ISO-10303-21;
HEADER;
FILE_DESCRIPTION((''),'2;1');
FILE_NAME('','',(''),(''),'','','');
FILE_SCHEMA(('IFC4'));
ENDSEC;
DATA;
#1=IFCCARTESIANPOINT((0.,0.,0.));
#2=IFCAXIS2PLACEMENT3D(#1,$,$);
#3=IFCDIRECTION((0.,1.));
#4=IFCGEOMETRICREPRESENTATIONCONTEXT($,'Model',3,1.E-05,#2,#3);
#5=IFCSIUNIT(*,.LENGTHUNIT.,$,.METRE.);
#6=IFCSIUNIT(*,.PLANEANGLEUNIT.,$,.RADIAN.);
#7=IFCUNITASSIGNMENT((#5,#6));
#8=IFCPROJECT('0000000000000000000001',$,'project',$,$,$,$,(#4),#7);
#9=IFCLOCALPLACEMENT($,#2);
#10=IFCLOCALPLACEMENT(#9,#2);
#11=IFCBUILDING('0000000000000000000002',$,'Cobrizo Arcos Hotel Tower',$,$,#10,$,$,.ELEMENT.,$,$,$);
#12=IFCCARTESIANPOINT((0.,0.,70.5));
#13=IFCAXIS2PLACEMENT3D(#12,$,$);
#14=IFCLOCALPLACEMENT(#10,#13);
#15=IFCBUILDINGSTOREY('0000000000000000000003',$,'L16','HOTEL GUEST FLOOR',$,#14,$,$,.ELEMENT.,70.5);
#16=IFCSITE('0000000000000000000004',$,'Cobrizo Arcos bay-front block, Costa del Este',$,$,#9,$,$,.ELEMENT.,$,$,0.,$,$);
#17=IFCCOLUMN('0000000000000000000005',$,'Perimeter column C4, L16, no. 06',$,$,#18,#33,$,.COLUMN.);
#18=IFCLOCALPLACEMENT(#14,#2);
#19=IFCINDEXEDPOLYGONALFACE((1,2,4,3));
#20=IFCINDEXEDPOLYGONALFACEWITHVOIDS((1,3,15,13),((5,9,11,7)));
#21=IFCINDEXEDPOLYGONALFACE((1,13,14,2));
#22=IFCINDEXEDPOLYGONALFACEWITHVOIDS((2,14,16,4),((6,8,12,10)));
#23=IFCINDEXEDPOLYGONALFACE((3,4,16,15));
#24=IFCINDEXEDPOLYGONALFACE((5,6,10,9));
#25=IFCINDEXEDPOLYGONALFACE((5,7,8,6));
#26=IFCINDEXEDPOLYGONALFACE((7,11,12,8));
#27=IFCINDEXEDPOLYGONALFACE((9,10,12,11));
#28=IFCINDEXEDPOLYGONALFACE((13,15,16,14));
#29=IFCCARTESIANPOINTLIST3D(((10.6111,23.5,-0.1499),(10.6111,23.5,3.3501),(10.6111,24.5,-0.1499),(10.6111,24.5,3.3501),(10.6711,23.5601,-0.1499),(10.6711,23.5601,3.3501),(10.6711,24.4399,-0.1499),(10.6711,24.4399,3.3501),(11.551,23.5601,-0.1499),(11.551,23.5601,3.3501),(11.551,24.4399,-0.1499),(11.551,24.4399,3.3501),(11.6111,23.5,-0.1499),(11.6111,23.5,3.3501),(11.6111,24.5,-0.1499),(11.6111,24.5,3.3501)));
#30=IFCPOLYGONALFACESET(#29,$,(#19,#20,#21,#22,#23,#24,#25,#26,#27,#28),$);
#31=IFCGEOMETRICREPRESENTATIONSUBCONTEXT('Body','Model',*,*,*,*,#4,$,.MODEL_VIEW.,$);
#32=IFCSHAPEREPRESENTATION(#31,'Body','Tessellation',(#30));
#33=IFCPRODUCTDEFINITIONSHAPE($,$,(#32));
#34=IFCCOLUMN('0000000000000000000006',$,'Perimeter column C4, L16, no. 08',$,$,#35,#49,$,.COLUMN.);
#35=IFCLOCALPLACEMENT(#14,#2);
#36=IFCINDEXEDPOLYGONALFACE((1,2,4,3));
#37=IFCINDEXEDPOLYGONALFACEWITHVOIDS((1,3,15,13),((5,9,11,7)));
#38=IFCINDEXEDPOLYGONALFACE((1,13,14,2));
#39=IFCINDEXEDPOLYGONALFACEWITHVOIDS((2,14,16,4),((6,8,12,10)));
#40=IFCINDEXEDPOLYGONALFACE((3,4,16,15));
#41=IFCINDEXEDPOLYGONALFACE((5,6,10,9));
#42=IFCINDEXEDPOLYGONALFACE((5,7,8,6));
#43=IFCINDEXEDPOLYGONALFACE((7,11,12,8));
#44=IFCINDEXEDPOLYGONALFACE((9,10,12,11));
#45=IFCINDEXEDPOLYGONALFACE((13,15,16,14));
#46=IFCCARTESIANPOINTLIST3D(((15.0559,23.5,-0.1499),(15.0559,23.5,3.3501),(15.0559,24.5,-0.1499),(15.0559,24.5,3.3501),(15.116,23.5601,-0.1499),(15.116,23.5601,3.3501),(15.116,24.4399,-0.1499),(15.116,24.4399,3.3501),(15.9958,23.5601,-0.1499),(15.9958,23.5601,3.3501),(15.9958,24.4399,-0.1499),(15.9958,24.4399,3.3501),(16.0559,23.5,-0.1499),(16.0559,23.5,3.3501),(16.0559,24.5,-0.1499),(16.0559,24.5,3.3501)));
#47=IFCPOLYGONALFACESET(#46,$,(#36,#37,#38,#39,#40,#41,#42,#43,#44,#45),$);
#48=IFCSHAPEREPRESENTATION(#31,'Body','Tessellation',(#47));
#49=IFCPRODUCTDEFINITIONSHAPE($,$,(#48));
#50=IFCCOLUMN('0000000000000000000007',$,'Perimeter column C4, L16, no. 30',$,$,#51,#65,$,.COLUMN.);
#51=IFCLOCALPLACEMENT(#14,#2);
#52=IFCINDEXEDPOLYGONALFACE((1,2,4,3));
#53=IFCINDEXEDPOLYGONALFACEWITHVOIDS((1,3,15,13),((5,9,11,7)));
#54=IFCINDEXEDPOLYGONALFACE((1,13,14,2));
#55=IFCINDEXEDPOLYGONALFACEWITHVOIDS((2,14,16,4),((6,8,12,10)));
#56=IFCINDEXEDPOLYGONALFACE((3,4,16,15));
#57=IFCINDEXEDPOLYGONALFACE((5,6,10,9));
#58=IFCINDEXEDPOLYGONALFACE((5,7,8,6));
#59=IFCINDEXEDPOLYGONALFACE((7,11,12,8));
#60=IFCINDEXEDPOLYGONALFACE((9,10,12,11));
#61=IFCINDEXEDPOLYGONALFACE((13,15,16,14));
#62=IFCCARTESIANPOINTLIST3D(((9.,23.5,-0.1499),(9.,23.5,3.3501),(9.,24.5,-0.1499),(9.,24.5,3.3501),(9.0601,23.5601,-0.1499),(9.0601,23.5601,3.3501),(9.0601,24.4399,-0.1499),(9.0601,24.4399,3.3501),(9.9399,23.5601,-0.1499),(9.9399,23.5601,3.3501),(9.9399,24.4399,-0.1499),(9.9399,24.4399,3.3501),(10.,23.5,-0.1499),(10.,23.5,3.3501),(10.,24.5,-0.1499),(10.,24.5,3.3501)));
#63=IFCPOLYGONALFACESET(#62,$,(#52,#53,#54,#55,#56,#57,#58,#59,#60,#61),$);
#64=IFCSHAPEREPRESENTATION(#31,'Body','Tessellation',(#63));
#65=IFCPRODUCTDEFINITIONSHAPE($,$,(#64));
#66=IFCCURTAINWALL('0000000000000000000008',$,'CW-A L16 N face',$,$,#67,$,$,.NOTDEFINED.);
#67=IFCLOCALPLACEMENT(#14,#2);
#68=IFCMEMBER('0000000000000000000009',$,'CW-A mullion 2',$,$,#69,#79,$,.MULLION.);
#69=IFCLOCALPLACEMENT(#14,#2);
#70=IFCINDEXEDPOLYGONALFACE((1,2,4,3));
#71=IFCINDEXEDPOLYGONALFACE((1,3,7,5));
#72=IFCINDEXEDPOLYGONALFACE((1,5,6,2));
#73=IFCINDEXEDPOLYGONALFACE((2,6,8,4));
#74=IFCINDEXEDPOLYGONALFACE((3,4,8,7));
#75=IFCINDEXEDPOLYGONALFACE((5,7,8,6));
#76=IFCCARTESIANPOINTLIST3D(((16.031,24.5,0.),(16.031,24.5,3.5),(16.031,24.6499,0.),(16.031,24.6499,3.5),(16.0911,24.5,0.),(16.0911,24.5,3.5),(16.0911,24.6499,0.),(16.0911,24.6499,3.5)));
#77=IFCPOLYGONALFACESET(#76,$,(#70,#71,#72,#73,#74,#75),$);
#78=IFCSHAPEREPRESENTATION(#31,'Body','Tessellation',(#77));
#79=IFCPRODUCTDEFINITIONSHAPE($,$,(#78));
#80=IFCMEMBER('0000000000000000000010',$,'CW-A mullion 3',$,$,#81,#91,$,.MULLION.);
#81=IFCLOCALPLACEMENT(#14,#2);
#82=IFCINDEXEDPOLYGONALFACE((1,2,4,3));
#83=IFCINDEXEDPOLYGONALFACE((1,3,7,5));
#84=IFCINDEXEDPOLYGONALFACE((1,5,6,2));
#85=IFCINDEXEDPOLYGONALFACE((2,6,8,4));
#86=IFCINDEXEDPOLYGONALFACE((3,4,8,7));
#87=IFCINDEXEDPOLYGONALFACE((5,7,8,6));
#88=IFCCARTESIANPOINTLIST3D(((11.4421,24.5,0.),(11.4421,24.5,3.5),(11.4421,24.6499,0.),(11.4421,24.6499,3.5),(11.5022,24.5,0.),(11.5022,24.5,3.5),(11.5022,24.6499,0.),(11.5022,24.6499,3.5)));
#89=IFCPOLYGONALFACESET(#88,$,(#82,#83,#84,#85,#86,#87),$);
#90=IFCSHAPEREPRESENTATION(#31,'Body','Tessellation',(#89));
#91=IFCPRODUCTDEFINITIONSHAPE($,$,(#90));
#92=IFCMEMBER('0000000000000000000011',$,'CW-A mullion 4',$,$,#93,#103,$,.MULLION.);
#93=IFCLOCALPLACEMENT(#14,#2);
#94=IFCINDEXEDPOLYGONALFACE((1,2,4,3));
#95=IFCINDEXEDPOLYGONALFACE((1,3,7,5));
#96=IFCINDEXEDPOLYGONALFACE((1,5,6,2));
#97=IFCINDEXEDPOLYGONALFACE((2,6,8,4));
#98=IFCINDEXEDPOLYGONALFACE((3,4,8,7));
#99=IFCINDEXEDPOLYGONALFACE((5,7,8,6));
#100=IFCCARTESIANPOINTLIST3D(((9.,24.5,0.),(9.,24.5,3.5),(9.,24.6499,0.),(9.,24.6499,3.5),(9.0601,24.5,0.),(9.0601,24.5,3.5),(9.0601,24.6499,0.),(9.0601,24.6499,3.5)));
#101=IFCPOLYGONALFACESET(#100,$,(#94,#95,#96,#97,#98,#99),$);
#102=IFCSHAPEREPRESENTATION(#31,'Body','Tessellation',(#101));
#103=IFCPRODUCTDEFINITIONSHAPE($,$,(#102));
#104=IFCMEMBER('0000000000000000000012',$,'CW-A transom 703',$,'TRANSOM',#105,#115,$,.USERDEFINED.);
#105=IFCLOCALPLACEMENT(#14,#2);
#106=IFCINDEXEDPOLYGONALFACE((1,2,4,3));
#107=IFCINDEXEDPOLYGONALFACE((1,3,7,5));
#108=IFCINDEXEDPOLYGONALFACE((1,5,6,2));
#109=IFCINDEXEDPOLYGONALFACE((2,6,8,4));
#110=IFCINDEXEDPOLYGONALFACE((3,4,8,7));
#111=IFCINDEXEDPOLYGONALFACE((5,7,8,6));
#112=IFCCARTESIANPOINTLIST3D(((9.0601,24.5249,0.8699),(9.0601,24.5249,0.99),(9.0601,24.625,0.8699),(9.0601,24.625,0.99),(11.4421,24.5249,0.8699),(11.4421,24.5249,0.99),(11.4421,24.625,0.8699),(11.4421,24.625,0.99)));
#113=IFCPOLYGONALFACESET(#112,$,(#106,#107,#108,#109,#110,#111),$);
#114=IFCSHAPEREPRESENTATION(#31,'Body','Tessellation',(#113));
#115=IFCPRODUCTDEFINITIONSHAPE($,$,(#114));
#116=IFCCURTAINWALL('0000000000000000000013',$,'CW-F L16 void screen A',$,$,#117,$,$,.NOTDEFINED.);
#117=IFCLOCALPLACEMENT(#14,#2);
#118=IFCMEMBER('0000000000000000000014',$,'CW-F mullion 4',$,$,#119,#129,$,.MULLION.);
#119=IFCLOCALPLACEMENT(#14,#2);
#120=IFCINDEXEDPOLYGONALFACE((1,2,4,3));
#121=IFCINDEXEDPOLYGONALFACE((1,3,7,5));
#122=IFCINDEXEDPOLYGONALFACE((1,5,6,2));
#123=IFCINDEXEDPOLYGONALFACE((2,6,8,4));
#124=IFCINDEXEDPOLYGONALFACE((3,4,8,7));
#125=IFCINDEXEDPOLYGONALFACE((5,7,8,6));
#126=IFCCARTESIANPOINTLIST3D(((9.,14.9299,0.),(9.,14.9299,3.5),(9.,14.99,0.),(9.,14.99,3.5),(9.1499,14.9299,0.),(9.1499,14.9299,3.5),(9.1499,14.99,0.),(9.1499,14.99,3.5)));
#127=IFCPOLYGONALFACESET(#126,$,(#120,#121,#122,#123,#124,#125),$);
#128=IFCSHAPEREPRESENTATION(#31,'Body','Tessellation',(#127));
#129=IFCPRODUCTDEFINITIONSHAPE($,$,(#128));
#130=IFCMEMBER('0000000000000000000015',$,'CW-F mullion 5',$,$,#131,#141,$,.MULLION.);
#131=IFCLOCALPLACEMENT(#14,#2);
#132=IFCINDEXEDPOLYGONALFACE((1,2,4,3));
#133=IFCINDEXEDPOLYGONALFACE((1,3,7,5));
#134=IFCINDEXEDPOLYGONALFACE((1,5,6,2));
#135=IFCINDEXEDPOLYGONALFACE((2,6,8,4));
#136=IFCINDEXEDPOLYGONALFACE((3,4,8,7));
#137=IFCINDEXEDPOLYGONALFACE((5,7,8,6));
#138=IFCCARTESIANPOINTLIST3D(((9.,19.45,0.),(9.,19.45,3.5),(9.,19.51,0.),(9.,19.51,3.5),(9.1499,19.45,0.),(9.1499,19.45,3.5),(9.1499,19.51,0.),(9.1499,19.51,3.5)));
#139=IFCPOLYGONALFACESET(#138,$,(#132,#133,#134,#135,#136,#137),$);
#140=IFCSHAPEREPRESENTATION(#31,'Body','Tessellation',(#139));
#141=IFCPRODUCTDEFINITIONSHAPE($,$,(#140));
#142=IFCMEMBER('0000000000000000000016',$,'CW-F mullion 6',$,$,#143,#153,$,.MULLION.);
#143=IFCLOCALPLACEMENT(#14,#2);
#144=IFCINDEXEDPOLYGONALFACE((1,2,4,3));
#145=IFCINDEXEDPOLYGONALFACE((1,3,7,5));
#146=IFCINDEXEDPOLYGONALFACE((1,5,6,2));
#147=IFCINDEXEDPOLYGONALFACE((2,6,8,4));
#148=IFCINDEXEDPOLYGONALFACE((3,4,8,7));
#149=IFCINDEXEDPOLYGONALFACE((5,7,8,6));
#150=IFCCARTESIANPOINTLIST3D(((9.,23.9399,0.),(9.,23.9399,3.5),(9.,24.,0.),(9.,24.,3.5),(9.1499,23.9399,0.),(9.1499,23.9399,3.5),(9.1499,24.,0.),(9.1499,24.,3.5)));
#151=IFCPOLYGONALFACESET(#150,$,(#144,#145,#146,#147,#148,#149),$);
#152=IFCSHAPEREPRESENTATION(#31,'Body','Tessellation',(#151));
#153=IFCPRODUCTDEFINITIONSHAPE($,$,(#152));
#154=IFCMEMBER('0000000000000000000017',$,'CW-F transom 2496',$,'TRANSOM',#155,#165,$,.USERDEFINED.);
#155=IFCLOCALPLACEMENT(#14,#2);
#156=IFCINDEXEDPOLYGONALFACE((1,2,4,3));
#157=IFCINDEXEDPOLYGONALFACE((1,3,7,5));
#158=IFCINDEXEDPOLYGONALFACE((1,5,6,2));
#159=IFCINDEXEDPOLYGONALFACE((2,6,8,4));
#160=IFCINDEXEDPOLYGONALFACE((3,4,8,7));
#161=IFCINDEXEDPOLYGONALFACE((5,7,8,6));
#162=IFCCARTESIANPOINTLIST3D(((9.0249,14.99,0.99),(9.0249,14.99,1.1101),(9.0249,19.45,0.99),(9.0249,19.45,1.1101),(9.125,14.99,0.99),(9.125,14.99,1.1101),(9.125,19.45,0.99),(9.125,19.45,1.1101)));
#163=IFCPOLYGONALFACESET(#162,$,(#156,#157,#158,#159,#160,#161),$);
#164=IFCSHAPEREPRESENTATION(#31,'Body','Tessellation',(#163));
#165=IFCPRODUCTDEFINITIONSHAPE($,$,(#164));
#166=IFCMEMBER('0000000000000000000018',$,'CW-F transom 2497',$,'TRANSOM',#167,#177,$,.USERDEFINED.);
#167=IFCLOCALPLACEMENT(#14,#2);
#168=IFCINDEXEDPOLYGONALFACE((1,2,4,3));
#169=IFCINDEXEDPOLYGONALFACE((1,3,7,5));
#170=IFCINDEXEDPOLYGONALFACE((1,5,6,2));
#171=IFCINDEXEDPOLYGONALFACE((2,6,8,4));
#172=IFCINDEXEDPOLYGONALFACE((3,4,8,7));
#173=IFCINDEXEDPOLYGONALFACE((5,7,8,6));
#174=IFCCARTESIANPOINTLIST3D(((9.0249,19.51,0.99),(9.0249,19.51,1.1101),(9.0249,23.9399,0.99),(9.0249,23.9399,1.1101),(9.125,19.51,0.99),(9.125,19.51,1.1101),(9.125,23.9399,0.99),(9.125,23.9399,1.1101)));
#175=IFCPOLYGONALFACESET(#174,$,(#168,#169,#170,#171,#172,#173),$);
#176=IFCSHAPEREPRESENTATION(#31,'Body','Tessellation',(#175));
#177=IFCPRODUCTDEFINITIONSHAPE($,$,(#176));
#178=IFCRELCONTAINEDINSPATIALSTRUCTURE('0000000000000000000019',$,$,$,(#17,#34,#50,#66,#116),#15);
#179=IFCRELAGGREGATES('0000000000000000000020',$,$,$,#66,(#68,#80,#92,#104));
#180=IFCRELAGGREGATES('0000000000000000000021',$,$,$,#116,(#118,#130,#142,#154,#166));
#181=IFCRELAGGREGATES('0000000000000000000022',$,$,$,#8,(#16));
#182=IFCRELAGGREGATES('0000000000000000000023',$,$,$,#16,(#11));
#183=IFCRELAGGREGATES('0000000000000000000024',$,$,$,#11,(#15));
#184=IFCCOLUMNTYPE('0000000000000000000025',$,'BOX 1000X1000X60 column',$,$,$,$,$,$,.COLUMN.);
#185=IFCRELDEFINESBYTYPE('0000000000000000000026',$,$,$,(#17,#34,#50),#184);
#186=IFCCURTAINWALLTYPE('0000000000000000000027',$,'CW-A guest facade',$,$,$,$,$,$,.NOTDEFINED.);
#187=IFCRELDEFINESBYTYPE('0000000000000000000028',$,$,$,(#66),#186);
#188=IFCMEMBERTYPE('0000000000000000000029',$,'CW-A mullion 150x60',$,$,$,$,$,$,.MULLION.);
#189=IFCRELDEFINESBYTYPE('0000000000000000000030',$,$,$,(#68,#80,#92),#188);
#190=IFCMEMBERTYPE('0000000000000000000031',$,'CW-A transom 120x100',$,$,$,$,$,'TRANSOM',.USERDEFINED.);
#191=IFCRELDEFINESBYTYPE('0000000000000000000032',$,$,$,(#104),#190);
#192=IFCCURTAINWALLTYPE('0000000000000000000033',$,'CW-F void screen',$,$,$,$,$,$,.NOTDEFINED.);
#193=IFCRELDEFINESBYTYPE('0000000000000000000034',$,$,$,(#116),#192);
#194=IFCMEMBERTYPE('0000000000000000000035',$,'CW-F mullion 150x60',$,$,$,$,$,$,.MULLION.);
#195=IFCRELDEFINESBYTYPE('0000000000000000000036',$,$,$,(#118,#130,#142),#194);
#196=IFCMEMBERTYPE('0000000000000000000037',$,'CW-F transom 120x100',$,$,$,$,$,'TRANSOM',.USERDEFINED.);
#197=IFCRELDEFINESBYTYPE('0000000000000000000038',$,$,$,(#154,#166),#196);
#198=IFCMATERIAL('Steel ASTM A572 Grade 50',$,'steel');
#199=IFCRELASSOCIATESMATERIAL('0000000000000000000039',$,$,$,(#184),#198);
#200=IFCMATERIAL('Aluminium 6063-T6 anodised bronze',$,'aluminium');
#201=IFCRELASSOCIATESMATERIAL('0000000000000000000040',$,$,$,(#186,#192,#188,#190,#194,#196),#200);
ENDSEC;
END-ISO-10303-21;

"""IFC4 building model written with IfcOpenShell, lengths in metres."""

from ifc_helpers import new_model, si_unit, direction, frame, origin, origin_2d, place, context, subcontext, project, spatial, rectangle, hollow_rectangle, extrude, material, material_profile, profile_set, type_object, element, aggregate, save


model = new_model("IFC4")

# Units and contexts
model_context = context("Model", 3, precision=1e-05, world=origin(), true_north=direction((0.0, 1.0)))
body_context = subcontext(model_context, "Body", "Model", "MODEL_VIEW")
ifc_project = project(units=[si_unit("LENGTHUNIT", "METRE"), si_unit("PLANEANGLEUNIT", "RADIAN")], contexts=[model_context])

# Site, building, storey
site_placement = place(None, origin())
site = spatial("IfcSite", under=ifc_project, at=site_placement, Name="Cobrizo Arcos bay-front block, Costa del Este", CompositionType="ELEMENT", RefElevation=0.0)
building_placement = place(site_placement, origin())
building = spatial("IfcBuilding", under=site, at=building_placement, Name="Cobrizo Arcos Hotel Tower", CompositionType="ELEMENT")
storey_placement = place(building_placement, frame((0.0, 0.0, 70.5)))
storey = spatial("IfcBuildingStorey", under=building, at=storey_placement, Name="L16", Description="HOTEL GUEST FLOOR", CompositionType="ELEMENT", Elevation=70.5)

# Columns
ifc_material_1 = material(Name="Steel ASTM A572 Grade 50", Category="steel")
ifc_material_profile_1 = material_profile(ifc_material_1, hollow_rectangle(XDim=1.0, YDim=1.0, WallThickness=0.0601, at=origin_2d()), Name="BOX 1000X1000X60")
ifc_profile_set_1 = profile_set([ifc_material_profile_1], Name="Steel ASTM A572 Grade 50")
column_type = type_object("IfcColumnType", Name="BOX 1000X1000X60 column", PredefinedType="COLUMN", material=ifc_profile_set_1)
for number, where, z_axis, x_axis, name in (
    (1, (11.1111, 24.0, -0.1499), (0.0, 0.0, 1.0), (1.0, 0.0, 0.0), "Perimeter column C4, L16, no. 06"),
    (2, (15.5559, 24.0, -0.1499), (0.0, 0.0, 1.0), (1.0, 0.0, 0.0), "Perimeter column C4, L16, no. 08"),
    (3, (9.5, 24.0, -0.1499), (0.0, 0.0, 1.0), (1.0, 0.0, 0.0), "Perimeter column C4, L16, no. 30"),
):
    element("IfcColumn", number, at=place(storey_placement, frame(where, z_axis=z_axis, x_axis=x_axis)), inside=storey, type_object=column_type, Name=name, PredefinedType="COLUMN", context=body_context, shape_type="SweptSolid", body=[
        extrude(hollow_rectangle(XDim=1.0, YDim=1.0, WallThickness=0.0601, at=origin_2d()), origin(), (0.0, 0.0, 1.0), 3.5),
    ])

# Curtain walls, members
ifc_material_2 = material(Name="Aluminium 6063-T6 anodised bronze", Category="aluminium")
curtain_wall_type_1 = type_object("IfcCurtainWallType", Name="CW-A guest facade", PredefinedType="NOTDEFINED", material=ifc_material_2)
curtain_wall_1_placement = place(storey_placement, origin())
curtain_wall_1 = element("IfcCurtainWall", 4, at=curtain_wall_1_placement, inside=storey, type_object=curtain_wall_type_1, Name="CW-A L16 N face", PredefinedType="NOTDEFINED")
ifc_material_profile_2 = material_profile(ifc_material_2, rectangle(XDim=0.1499, YDim=0.0601, at=origin_2d()), Name="CW-A mullion 150x60")
ifc_profile_set_2 = profile_set([ifc_material_profile_2], Name="Aluminium 6063-T6 anodised bronze")
member_type_1 = type_object("IfcMemberType", Name="CW-A mullion 150x60", PredefinedType="MULLION", material=ifc_profile_set_2)
member_1_placement = place(storey_placement, frame((16.061, 24.575, 0.0), z_axis=(0.0, 0.0, 1.0), x_axis=(0.0, 1.0, 0.0)))
member_1 = element("IfcMember", 5, at=member_1_placement, type_object=member_type_1, Name="CW-A mullion 2", PredefinedType="MULLION", context=body_context, shape_type="SweptSolid", body=[
    extrude(rectangle(XDim=0.1499, YDim=0.0601, at=origin_2d()), origin(), (0.0, 0.0, 1.0), 3.5),
])
member_2_placement = place(storey_placement, frame((11.4722, 24.575, 0.0), z_axis=(0.0, 0.0, 1.0), x_axis=(0.0, 1.0, 0.0)))
member_2 = element("IfcMember", 6, at=member_2_placement, type_object=member_type_1, Name="CW-A mullion 3", PredefinedType="MULLION", context=body_context, shape_type="SweptSolid", body=[
    extrude(rectangle(XDim=0.1499, YDim=0.0601, at=origin_2d()), origin(), (0.0, 0.0, 1.0), 3.5),
])
member_3_placement = place(storey_placement, frame((9.03, 24.575, 0.0), z_axis=(0.0, 0.0, 1.0), x_axis=(0.0, 1.0, 0.0)))
member_3 = element("IfcMember", 7, at=member_3_placement, type_object=member_type_1, Name="CW-A mullion 4", PredefinedType="MULLION", context=body_context, shape_type="SweptSolid", body=[
    extrude(rectangle(XDim=0.1499, YDim=0.0601, at=origin_2d()), origin(), (0.0, 0.0, 1.0), 3.5),
])
ifc_material_profile_3 = material_profile(ifc_material_2, rectangle(XDim=0.1001, YDim=0.1201, at=origin_2d()), Name="CW-A transom 120x100")
ifc_profile_set_3 = profile_set([ifc_material_profile_3], Name="Aluminium 6063-T6 anodised bronze")
member_type_2 = type_object("IfcMemberType", Name="CW-A transom 120x100", ElementType="TRANSOM", PredefinedType="USERDEFINED", material=ifc_profile_set_3)
member_4_placement = place(storey_placement, frame((11.4421, 24.575, 0.9299), z_axis=(-1.0, 0.0, 0.0), x_axis=(0.0, -1.0, 0.0)))
member_4 = element("IfcMember", 8, at=member_4_placement, type_object=member_type_2, Name="CW-A transom 703", ObjectType="TRANSOM", PredefinedType="USERDEFINED", context=body_context, shape_type="SweptSolid", body=[
    extrude(rectangle(XDim=0.1001, YDim=0.1201, at=origin_2d()), origin(), (0.0, 0.0, 1.0), 2.3821),
])
curtain_wall_type_2 = type_object("IfcCurtainWallType", Name="CW-F void screen", PredefinedType="NOTDEFINED", material=ifc_material_2)
curtain_wall_2_placement = place(storey_placement, origin())
curtain_wall_2 = element("IfcCurtainWall", 9, at=curtain_wall_2_placement, inside=storey, type_object=curtain_wall_type_2, Name="CW-F L16 void screen A", PredefinedType="NOTDEFINED")
ifc_material_profile_4 = material_profile(ifc_material_2, rectangle(XDim=0.1499, YDim=0.0601, at=origin_2d()), Name="CW-F mullion 150x60")
ifc_profile_set_4 = profile_set([ifc_material_profile_4], Name="Aluminium 6063-T6 anodised bronze")
member_type_3 = type_object("IfcMemberType", Name="CW-F mullion 150x60", PredefinedType="MULLION", material=ifc_profile_set_4)
member_5_placement = place(storey_placement, frame((9.075, 14.96, 0.0), z_axis=(0.0, 0.0, 1.0), x_axis=(1.0, 0.0, 0.0)))
member_5 = element("IfcMember", 10, at=member_5_placement, type_object=member_type_3, Name="CW-F mullion 4", PredefinedType="MULLION", context=body_context, shape_type="SweptSolid", body=[
    extrude(rectangle(XDim=0.1499, YDim=0.0601, at=origin_2d()), origin(), (0.0, 0.0, 1.0), 3.5),
])
member_6_placement = place(storey_placement, frame((9.075, 19.48, 0.0), z_axis=(0.0, 0.0, 1.0), x_axis=(1.0, 0.0, 0.0)))
member_6 = element("IfcMember", 11, at=member_6_placement, type_object=member_type_3, Name="CW-F mullion 5", PredefinedType="MULLION", context=body_context, shape_type="SweptSolid", body=[
    extrude(rectangle(XDim=0.1499, YDim=0.0601, at=origin_2d()), origin(), (0.0, 0.0, 1.0), 3.5),
])
member_7_placement = place(storey_placement, frame((9.075, 23.97, 0.0), z_axis=(0.0, 0.0, 1.0), x_axis=(1.0, 0.0, 0.0)))
member_7 = element("IfcMember", 12, at=member_7_placement, type_object=member_type_3, Name="CW-F mullion 6", PredefinedType="MULLION", context=body_context, shape_type="SweptSolid", body=[
    extrude(rectangle(XDim=0.1499, YDim=0.0601, at=origin_2d()), origin(), (0.0, 0.0, 1.0), 3.5),
])
ifc_material_profile_5 = material_profile(ifc_material_2, rectangle(XDim=0.1001, YDim=0.1201, at=origin_2d()), Name="CW-F transom 120x100")
ifc_profile_set_5 = profile_set([ifc_material_profile_5], Name="Aluminium 6063-T6 anodised bronze")
member_type_4 = type_object("IfcMemberType", Name="CW-F transom 120x100", ElementType="TRANSOM", PredefinedType="USERDEFINED", material=ifc_profile_set_5)
member_8_placement = place(storey_placement, frame((9.075, 14.99, 1.05), z_axis=(0.0, 1.0, 0.0), x_axis=(-1.0, 0.0, 0.0)))
member_8 = element("IfcMember", 13, at=member_8_placement, type_object=member_type_4, Name="CW-F transom 2496", ObjectType="TRANSOM", PredefinedType="USERDEFINED", context=body_context, shape_type="SweptSolid", body=[
    extrude(rectangle(XDim=0.1001, YDim=0.1201, at=origin_2d()), origin(), (0.0, 0.0, 1.0), 4.46),
])
member_9_placement = place(storey_placement, frame((9.075, 19.51, 1.05), z_axis=(0.0, 1.0, 0.0), x_axis=(-1.0, 0.0, 0.0)))
member_9 = element("IfcMember", 14, at=member_9_placement, type_object=member_type_4, Name="CW-F transom 2497", ObjectType="TRANSOM", PredefinedType="USERDEFINED", context=body_context, shape_type="SweptSolid", body=[
    extrude(rectangle(XDim=0.1001, YDim=0.1201, at=origin_2d()), origin(), (0.0, 0.0, 1.0), 4.4299),
])

aggregate(curtain_wall_1, [member_1, member_2, member_3, member_4])
aggregate(curtain_wall_2, [member_5, member_6, member_7, member_8, member_9])

save(model, "model.ifc")
